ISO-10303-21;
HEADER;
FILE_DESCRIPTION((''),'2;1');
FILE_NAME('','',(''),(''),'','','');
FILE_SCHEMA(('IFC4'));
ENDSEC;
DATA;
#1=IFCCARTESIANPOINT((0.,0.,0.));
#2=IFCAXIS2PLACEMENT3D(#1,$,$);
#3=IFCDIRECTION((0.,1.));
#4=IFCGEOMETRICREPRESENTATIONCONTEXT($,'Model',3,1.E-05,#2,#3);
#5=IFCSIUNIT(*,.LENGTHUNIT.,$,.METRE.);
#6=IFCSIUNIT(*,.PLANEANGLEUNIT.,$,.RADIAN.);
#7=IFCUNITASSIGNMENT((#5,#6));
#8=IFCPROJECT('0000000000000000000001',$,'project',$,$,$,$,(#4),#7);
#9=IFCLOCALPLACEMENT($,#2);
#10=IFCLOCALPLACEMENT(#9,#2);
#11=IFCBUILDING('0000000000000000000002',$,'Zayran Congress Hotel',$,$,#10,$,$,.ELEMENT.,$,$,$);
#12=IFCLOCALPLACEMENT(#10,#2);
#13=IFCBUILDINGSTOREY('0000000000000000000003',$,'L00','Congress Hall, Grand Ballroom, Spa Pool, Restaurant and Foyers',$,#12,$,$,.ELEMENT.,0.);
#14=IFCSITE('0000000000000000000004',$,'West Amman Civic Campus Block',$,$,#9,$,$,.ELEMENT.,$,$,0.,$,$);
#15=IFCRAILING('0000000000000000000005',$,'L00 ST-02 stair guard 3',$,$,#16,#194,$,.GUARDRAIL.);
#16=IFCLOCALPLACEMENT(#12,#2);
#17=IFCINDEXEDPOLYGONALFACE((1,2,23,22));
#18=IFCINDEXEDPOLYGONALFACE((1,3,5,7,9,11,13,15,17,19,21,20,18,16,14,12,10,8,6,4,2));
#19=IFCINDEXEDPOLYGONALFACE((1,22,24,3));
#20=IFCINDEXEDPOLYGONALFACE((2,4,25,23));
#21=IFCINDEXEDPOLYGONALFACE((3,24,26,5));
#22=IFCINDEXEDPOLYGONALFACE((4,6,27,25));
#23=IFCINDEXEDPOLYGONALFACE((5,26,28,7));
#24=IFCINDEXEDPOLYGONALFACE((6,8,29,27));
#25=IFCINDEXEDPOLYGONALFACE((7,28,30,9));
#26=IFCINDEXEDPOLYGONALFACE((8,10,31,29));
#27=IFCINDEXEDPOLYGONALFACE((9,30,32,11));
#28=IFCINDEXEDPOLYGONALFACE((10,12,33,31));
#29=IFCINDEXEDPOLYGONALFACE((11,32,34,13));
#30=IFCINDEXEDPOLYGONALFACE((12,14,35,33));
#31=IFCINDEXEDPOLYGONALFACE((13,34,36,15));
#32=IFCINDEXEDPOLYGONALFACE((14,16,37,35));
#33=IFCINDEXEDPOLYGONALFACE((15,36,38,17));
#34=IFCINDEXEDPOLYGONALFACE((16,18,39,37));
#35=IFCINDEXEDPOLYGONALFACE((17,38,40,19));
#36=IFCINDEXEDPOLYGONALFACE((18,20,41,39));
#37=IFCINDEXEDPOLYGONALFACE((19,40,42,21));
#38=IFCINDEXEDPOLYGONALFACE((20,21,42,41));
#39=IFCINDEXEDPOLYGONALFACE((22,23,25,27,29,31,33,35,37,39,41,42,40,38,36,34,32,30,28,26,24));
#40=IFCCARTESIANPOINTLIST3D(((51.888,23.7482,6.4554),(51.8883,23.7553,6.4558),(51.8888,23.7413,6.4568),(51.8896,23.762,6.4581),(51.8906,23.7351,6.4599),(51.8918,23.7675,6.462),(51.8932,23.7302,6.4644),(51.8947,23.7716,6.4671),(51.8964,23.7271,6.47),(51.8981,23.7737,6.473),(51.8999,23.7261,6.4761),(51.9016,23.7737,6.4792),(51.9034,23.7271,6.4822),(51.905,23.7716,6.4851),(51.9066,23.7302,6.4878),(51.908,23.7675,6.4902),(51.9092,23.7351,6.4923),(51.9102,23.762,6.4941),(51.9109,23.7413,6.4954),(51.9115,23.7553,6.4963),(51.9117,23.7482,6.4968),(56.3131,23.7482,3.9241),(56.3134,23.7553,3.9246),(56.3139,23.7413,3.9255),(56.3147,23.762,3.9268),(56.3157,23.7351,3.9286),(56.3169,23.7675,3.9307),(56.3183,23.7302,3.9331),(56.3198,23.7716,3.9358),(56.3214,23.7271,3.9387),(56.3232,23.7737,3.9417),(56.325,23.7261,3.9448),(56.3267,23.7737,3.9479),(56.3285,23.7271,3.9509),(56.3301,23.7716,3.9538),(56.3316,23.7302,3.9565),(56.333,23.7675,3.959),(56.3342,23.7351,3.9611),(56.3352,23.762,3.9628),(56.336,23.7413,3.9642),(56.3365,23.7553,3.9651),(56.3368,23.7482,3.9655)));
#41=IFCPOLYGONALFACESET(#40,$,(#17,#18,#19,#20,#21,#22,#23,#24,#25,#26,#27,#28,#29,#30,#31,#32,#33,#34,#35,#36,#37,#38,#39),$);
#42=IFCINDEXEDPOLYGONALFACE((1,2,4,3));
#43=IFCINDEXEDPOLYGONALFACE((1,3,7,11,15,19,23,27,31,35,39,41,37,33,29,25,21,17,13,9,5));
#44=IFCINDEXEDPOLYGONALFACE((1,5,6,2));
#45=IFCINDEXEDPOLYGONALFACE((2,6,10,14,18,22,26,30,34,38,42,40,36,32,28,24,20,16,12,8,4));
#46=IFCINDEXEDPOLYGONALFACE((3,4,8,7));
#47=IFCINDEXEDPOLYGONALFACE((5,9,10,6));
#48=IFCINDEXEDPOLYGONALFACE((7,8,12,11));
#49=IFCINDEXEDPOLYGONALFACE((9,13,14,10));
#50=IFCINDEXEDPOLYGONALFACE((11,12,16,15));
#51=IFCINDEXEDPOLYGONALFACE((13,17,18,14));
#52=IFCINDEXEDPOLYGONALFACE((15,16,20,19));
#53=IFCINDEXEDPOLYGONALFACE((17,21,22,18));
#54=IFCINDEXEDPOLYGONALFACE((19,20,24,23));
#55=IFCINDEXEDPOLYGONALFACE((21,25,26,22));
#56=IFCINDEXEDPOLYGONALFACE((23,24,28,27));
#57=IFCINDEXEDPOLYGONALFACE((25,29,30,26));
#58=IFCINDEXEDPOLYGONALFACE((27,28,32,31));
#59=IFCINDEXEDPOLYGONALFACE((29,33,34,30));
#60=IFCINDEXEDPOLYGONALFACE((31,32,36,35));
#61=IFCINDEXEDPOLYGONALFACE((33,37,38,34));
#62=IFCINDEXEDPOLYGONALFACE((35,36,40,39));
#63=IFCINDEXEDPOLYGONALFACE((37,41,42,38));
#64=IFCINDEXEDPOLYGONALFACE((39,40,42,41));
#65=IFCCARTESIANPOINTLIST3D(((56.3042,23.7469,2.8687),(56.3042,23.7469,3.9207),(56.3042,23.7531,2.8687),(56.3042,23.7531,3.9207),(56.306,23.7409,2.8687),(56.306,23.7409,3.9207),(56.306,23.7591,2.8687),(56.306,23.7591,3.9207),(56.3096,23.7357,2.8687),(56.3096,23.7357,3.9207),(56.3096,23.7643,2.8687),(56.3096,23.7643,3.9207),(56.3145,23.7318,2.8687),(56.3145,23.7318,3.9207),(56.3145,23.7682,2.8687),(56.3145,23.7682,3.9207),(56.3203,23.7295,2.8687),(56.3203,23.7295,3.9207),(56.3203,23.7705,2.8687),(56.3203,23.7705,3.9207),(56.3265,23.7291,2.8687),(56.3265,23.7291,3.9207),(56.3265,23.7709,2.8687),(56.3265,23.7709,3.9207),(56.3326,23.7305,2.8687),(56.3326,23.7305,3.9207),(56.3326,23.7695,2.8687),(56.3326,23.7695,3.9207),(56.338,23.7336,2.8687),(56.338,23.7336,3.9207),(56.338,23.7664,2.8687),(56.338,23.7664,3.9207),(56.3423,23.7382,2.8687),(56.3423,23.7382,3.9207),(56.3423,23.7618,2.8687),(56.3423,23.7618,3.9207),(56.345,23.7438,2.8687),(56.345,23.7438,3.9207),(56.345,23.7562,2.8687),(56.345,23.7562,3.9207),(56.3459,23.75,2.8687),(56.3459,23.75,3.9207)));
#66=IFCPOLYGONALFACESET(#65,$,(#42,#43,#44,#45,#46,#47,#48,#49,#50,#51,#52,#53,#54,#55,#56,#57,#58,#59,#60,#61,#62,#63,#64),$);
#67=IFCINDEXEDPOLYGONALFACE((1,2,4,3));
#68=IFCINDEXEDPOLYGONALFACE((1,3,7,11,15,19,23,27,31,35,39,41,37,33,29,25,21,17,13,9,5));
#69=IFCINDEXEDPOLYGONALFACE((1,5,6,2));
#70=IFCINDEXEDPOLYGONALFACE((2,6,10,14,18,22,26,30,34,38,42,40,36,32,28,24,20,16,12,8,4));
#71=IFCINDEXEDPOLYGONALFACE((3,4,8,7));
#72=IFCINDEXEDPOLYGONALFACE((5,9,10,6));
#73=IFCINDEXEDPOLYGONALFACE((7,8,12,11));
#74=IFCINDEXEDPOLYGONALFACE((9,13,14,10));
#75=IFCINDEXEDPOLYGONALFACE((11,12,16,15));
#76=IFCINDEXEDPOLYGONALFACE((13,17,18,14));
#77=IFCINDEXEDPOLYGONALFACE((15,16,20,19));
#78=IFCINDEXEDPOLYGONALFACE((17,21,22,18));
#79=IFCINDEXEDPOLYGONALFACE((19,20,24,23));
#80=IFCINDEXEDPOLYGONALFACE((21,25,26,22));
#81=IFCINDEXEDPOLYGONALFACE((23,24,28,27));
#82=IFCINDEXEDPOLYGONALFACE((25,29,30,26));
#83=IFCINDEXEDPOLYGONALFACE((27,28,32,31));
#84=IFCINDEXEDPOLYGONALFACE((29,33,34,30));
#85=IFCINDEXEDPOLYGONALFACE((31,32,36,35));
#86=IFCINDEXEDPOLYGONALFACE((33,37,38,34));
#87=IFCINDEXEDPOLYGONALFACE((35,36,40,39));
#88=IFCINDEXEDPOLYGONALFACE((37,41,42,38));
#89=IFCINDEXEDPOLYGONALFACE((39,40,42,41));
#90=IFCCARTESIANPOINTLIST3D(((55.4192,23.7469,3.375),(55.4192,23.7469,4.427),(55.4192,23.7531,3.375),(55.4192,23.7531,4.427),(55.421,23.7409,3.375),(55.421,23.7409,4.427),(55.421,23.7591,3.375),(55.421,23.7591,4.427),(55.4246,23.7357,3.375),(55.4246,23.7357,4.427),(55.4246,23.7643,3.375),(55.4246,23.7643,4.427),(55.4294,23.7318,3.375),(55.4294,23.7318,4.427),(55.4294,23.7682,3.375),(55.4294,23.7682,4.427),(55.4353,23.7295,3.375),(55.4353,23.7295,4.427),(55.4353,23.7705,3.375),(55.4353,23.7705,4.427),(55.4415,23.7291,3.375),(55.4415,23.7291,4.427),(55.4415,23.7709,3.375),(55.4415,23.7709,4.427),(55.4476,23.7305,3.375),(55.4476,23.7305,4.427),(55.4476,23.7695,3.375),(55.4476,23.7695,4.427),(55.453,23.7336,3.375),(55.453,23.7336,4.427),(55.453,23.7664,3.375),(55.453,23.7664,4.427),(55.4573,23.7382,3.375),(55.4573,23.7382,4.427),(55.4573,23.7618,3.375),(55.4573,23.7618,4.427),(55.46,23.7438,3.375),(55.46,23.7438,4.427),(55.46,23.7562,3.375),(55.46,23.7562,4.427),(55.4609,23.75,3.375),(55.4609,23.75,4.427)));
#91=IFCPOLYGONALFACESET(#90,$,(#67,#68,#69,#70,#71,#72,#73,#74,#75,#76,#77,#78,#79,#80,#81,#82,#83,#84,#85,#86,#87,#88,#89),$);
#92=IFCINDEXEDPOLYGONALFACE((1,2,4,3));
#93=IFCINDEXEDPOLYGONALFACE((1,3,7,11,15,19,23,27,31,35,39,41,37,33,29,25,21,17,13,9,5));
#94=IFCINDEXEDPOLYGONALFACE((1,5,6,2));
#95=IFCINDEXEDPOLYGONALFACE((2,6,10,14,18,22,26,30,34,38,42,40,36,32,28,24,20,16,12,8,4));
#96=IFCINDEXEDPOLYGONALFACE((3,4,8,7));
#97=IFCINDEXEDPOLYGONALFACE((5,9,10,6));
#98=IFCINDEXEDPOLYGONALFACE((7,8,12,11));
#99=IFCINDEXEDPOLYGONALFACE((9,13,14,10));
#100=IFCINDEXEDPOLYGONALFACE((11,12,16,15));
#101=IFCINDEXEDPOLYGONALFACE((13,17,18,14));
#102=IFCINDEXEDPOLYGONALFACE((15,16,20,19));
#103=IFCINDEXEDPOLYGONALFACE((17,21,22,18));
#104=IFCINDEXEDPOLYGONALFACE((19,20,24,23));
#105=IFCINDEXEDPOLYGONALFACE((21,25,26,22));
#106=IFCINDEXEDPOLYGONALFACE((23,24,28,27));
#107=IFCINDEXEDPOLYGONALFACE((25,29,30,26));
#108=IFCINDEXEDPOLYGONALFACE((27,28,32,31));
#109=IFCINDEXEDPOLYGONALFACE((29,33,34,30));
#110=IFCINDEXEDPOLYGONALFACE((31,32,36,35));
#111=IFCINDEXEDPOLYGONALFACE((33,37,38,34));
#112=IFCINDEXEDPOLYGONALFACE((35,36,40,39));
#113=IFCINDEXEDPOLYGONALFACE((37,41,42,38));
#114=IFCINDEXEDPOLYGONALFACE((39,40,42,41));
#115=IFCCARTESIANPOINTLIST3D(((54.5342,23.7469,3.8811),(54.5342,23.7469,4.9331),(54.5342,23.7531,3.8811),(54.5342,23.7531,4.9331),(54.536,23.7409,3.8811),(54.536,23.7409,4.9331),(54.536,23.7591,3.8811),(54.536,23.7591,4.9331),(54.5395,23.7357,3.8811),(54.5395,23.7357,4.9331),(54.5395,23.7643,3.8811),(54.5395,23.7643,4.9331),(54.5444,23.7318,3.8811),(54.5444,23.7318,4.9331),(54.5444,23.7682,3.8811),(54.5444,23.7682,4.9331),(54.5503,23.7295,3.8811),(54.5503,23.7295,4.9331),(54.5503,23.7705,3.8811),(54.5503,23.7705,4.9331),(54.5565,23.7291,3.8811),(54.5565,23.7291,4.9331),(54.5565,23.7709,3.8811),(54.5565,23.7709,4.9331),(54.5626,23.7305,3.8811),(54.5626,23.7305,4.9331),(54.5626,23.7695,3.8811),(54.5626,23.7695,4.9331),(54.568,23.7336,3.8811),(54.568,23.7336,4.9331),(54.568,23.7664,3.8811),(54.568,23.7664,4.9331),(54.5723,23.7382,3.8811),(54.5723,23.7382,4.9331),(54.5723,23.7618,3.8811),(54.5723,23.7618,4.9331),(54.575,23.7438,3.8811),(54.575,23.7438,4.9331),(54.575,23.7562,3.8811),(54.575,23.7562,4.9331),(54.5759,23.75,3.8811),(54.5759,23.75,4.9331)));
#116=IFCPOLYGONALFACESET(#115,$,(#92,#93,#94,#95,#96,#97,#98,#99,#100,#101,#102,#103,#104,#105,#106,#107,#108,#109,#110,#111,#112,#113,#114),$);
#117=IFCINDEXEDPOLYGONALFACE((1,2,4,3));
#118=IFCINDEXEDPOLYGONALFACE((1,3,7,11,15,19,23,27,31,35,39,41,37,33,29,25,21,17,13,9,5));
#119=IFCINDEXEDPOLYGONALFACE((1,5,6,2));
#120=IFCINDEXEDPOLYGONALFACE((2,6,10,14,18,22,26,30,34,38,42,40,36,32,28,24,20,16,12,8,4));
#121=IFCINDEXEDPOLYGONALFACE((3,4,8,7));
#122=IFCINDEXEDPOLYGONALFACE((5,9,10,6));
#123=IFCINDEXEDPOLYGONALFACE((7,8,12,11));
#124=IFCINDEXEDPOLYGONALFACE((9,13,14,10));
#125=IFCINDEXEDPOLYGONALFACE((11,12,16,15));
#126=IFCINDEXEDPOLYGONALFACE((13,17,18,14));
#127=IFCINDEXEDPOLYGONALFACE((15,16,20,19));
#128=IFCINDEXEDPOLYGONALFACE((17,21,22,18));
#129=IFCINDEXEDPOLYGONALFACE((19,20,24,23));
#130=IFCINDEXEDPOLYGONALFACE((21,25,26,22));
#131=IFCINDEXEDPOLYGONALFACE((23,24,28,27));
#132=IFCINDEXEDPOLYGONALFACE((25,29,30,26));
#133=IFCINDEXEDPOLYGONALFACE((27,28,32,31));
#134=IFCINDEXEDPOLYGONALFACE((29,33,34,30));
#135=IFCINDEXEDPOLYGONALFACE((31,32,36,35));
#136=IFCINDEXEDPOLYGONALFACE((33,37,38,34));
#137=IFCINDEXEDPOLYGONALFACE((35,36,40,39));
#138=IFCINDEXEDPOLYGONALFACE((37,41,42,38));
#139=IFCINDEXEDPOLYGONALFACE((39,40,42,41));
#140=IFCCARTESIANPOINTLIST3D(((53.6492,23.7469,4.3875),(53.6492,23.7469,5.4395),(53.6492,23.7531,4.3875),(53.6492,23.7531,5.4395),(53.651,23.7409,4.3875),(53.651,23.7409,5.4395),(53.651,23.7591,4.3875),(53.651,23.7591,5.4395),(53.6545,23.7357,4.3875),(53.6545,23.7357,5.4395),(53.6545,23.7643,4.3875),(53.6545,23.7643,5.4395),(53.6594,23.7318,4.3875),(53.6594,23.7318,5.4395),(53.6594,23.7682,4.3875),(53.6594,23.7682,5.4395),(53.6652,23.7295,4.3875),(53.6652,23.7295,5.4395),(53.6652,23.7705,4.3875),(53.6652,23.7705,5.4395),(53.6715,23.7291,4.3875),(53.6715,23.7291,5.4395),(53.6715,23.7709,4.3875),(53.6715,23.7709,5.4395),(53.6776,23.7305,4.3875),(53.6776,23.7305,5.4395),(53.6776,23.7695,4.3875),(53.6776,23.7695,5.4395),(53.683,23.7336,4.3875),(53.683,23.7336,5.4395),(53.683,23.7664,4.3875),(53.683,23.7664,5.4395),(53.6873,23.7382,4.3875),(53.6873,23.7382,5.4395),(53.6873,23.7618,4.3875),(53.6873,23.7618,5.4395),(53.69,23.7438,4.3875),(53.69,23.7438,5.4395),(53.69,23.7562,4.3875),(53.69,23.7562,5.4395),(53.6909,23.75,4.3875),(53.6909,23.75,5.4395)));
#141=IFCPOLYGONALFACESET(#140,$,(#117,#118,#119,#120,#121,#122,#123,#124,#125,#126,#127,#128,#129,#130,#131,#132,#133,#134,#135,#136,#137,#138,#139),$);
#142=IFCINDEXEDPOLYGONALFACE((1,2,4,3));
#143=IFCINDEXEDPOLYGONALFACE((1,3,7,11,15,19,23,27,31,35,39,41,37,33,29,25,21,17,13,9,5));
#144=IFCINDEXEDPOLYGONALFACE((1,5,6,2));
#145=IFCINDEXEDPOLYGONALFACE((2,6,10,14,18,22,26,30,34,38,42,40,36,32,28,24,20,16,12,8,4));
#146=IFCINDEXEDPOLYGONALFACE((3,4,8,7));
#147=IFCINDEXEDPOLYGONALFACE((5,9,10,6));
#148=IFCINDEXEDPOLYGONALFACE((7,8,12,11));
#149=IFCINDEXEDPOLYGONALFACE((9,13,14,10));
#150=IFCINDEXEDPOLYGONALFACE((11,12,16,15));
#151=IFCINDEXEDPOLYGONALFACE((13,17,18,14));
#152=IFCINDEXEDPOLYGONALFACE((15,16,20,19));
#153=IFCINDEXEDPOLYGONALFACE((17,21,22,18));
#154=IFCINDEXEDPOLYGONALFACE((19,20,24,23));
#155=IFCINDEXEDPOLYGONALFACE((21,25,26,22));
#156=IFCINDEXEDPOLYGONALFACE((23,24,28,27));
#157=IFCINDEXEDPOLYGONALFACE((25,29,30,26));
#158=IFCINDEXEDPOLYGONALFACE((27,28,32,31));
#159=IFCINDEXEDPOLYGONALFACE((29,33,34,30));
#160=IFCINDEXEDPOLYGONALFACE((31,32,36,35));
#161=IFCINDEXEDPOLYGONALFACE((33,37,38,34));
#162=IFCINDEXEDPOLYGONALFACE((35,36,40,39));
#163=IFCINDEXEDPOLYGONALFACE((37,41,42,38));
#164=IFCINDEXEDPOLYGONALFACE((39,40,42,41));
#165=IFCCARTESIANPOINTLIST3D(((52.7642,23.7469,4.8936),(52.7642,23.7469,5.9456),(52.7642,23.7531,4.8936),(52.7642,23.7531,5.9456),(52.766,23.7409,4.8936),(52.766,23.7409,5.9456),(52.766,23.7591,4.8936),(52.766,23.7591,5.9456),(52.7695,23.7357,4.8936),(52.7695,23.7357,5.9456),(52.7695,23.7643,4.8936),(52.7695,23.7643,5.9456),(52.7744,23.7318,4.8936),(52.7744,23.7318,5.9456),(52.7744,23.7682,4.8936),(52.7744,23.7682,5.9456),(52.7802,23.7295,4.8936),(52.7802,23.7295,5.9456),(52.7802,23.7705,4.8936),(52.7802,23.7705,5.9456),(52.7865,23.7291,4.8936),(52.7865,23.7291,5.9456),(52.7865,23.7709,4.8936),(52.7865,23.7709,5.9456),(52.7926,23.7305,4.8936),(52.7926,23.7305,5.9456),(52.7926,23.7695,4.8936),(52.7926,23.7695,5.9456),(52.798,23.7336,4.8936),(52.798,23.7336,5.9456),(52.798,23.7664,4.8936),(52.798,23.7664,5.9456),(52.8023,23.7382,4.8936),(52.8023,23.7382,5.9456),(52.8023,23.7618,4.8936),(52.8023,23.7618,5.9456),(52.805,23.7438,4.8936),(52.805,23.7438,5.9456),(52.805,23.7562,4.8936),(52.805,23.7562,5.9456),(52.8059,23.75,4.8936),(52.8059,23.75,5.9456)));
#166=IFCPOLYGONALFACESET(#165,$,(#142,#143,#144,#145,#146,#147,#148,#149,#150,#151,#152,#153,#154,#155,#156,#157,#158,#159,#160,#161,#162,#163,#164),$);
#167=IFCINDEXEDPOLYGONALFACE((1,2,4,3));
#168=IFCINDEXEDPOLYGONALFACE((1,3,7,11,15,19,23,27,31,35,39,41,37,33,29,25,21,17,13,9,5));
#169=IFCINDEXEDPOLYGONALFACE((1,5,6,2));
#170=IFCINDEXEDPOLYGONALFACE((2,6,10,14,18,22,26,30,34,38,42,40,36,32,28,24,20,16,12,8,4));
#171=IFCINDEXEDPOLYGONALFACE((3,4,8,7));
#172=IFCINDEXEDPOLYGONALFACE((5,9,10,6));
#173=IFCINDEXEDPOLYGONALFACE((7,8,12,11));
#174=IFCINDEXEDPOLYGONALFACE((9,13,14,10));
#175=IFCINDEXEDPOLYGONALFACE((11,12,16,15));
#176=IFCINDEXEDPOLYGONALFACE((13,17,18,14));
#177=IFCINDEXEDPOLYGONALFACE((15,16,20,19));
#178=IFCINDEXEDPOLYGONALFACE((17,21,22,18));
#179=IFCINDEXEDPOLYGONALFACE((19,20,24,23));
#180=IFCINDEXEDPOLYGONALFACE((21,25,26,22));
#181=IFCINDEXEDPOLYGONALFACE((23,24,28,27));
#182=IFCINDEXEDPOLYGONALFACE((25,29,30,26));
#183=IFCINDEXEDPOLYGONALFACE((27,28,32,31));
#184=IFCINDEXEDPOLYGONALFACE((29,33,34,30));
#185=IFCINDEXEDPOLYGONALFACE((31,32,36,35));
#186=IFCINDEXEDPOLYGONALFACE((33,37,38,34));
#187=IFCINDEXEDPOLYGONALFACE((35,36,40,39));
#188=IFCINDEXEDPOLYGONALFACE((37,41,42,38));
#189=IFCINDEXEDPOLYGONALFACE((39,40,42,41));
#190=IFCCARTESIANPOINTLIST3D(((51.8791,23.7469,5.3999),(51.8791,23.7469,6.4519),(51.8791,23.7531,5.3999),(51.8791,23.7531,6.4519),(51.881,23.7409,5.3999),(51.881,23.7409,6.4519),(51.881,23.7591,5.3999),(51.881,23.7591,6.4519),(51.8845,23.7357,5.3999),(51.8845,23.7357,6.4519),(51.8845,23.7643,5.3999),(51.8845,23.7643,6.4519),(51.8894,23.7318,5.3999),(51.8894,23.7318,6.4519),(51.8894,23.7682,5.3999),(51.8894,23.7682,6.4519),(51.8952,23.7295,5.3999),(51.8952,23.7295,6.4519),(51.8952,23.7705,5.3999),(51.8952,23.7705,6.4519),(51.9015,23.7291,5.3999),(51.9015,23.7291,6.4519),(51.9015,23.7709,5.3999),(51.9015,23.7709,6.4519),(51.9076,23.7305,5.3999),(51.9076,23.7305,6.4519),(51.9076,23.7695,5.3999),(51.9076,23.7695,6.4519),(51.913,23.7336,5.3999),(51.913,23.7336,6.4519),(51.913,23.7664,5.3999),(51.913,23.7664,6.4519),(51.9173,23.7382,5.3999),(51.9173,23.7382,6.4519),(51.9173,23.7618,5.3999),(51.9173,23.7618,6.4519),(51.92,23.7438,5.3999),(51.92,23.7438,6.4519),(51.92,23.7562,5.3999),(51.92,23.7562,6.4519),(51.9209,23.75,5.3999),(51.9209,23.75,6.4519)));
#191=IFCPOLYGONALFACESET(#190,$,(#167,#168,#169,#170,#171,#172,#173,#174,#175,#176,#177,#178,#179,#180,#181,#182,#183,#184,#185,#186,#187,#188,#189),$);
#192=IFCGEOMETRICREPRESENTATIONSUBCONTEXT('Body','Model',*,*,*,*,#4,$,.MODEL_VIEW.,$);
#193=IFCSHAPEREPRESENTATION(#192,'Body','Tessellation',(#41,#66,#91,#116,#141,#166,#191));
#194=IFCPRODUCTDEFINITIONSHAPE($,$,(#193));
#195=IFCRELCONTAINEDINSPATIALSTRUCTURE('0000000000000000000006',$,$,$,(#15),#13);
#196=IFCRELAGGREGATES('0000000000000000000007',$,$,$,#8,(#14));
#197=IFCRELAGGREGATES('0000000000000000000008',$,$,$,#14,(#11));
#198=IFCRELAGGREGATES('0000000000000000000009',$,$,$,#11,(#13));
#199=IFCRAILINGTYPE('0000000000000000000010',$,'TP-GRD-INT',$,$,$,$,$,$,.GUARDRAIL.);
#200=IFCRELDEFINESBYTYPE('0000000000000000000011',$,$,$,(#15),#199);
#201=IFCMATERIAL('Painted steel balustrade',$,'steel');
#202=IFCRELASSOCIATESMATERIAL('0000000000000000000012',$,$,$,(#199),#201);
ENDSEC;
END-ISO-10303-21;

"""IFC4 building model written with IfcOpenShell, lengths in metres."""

from ifc_helpers import new_model, si_unit, direction, frame, origin, origin_2d, place, context, subcontext, project, spatial, circle, extrude, material, type_object, element, save


model = new_model("IFC4")

# Units and contexts
model_context = context("Model", 3, precision=1e-05, world=origin(), true_north=direction((0.0, 1.0)))
body_context = subcontext(model_context, "Body", "Model", "MODEL_VIEW")
ifc_project = project(units=[si_unit("LENGTHUNIT", "METRE"), si_unit("PLANEANGLEUNIT", "RADIAN")], contexts=[model_context])

# Site, building, storey
site_placement = place(None, origin())
site = spatial("IfcSite", under=ifc_project, at=site_placement, Name="West Amman Civic Campus Block", CompositionType="ELEMENT", RefElevation=0.0)
building_placement = place(site_placement, origin())
building = spatial("IfcBuilding", under=site, at=building_placement, Name="Zayran Congress Hotel", CompositionType="ELEMENT")
storey_placement = place(building_placement, origin())
storey = spatial("IfcBuildingStorey", under=building, at=storey_placement, Name="L00", Description="Congress Hall, Grand Ballroom, Spa Pool, Restaurant and Foyers", CompositionType="ELEMENT", Elevation=0.0)

# Railing
ifc_material_1 = material(Name="Painted steel balustrade", Category="steel")
railing_type_1 = type_object("IfcRailingType", Name="TP-GRD-INT", PredefinedType="GUARDRAIL", material=ifc_material_1)
railing_1_placement = place(storey_placement, frame((56.325, 23.75, 2.8687)))
element("IfcRailing", 1, at=railing_1_placement, inside=storey, type_object=railing_type_1, Name="L00 ST-02 stair guard 3", PredefinedType="GUARDRAIL", context=body_context, shape_type="SweptSolid", body=[
    extrude(circle(Radius=0.0239, at=origin_2d()), frame((0.0, 0.0, 1.0762), z_axis=(-0.868019, 0.0, 0.496531), x_axis=(0.0, -1.0, 0.0)), (0.0, 0.0, 1.0), 5.0979),
    extrude(circle(Radius=0.021, at=origin_2d()), origin(), (0.0, 0.0, 1.0), 1.052),
    extrude(circle(Radius=0.021, at=origin_2d()), frame((-0.885, 0.0, 0.5063)), (0.0, 0.0, 1.0), 1.052),
    extrude(circle(Radius=0.021, at=origin_2d()), frame((-1.77, 0.0, 1.0125)), (0.0, 0.0, 1.0), 1.052),
    extrude(circle(Radius=0.021, at=origin_2d()), frame((-2.655, 0.0, 1.5188)), (0.0, 0.0, 1.0), 1.052),
    extrude(circle(Radius=0.021, at=origin_2d()), frame((-3.54, 0.0, 2.0249)), (0.0, 0.0, 1.0), 1.052),
    extrude(circle(Radius=0.021, at=origin_2d()), frame((-4.425, 0.0, 2.5312)), (0.0, 0.0, 1.0), 1.052),
])

save(model, "model.ifc")
